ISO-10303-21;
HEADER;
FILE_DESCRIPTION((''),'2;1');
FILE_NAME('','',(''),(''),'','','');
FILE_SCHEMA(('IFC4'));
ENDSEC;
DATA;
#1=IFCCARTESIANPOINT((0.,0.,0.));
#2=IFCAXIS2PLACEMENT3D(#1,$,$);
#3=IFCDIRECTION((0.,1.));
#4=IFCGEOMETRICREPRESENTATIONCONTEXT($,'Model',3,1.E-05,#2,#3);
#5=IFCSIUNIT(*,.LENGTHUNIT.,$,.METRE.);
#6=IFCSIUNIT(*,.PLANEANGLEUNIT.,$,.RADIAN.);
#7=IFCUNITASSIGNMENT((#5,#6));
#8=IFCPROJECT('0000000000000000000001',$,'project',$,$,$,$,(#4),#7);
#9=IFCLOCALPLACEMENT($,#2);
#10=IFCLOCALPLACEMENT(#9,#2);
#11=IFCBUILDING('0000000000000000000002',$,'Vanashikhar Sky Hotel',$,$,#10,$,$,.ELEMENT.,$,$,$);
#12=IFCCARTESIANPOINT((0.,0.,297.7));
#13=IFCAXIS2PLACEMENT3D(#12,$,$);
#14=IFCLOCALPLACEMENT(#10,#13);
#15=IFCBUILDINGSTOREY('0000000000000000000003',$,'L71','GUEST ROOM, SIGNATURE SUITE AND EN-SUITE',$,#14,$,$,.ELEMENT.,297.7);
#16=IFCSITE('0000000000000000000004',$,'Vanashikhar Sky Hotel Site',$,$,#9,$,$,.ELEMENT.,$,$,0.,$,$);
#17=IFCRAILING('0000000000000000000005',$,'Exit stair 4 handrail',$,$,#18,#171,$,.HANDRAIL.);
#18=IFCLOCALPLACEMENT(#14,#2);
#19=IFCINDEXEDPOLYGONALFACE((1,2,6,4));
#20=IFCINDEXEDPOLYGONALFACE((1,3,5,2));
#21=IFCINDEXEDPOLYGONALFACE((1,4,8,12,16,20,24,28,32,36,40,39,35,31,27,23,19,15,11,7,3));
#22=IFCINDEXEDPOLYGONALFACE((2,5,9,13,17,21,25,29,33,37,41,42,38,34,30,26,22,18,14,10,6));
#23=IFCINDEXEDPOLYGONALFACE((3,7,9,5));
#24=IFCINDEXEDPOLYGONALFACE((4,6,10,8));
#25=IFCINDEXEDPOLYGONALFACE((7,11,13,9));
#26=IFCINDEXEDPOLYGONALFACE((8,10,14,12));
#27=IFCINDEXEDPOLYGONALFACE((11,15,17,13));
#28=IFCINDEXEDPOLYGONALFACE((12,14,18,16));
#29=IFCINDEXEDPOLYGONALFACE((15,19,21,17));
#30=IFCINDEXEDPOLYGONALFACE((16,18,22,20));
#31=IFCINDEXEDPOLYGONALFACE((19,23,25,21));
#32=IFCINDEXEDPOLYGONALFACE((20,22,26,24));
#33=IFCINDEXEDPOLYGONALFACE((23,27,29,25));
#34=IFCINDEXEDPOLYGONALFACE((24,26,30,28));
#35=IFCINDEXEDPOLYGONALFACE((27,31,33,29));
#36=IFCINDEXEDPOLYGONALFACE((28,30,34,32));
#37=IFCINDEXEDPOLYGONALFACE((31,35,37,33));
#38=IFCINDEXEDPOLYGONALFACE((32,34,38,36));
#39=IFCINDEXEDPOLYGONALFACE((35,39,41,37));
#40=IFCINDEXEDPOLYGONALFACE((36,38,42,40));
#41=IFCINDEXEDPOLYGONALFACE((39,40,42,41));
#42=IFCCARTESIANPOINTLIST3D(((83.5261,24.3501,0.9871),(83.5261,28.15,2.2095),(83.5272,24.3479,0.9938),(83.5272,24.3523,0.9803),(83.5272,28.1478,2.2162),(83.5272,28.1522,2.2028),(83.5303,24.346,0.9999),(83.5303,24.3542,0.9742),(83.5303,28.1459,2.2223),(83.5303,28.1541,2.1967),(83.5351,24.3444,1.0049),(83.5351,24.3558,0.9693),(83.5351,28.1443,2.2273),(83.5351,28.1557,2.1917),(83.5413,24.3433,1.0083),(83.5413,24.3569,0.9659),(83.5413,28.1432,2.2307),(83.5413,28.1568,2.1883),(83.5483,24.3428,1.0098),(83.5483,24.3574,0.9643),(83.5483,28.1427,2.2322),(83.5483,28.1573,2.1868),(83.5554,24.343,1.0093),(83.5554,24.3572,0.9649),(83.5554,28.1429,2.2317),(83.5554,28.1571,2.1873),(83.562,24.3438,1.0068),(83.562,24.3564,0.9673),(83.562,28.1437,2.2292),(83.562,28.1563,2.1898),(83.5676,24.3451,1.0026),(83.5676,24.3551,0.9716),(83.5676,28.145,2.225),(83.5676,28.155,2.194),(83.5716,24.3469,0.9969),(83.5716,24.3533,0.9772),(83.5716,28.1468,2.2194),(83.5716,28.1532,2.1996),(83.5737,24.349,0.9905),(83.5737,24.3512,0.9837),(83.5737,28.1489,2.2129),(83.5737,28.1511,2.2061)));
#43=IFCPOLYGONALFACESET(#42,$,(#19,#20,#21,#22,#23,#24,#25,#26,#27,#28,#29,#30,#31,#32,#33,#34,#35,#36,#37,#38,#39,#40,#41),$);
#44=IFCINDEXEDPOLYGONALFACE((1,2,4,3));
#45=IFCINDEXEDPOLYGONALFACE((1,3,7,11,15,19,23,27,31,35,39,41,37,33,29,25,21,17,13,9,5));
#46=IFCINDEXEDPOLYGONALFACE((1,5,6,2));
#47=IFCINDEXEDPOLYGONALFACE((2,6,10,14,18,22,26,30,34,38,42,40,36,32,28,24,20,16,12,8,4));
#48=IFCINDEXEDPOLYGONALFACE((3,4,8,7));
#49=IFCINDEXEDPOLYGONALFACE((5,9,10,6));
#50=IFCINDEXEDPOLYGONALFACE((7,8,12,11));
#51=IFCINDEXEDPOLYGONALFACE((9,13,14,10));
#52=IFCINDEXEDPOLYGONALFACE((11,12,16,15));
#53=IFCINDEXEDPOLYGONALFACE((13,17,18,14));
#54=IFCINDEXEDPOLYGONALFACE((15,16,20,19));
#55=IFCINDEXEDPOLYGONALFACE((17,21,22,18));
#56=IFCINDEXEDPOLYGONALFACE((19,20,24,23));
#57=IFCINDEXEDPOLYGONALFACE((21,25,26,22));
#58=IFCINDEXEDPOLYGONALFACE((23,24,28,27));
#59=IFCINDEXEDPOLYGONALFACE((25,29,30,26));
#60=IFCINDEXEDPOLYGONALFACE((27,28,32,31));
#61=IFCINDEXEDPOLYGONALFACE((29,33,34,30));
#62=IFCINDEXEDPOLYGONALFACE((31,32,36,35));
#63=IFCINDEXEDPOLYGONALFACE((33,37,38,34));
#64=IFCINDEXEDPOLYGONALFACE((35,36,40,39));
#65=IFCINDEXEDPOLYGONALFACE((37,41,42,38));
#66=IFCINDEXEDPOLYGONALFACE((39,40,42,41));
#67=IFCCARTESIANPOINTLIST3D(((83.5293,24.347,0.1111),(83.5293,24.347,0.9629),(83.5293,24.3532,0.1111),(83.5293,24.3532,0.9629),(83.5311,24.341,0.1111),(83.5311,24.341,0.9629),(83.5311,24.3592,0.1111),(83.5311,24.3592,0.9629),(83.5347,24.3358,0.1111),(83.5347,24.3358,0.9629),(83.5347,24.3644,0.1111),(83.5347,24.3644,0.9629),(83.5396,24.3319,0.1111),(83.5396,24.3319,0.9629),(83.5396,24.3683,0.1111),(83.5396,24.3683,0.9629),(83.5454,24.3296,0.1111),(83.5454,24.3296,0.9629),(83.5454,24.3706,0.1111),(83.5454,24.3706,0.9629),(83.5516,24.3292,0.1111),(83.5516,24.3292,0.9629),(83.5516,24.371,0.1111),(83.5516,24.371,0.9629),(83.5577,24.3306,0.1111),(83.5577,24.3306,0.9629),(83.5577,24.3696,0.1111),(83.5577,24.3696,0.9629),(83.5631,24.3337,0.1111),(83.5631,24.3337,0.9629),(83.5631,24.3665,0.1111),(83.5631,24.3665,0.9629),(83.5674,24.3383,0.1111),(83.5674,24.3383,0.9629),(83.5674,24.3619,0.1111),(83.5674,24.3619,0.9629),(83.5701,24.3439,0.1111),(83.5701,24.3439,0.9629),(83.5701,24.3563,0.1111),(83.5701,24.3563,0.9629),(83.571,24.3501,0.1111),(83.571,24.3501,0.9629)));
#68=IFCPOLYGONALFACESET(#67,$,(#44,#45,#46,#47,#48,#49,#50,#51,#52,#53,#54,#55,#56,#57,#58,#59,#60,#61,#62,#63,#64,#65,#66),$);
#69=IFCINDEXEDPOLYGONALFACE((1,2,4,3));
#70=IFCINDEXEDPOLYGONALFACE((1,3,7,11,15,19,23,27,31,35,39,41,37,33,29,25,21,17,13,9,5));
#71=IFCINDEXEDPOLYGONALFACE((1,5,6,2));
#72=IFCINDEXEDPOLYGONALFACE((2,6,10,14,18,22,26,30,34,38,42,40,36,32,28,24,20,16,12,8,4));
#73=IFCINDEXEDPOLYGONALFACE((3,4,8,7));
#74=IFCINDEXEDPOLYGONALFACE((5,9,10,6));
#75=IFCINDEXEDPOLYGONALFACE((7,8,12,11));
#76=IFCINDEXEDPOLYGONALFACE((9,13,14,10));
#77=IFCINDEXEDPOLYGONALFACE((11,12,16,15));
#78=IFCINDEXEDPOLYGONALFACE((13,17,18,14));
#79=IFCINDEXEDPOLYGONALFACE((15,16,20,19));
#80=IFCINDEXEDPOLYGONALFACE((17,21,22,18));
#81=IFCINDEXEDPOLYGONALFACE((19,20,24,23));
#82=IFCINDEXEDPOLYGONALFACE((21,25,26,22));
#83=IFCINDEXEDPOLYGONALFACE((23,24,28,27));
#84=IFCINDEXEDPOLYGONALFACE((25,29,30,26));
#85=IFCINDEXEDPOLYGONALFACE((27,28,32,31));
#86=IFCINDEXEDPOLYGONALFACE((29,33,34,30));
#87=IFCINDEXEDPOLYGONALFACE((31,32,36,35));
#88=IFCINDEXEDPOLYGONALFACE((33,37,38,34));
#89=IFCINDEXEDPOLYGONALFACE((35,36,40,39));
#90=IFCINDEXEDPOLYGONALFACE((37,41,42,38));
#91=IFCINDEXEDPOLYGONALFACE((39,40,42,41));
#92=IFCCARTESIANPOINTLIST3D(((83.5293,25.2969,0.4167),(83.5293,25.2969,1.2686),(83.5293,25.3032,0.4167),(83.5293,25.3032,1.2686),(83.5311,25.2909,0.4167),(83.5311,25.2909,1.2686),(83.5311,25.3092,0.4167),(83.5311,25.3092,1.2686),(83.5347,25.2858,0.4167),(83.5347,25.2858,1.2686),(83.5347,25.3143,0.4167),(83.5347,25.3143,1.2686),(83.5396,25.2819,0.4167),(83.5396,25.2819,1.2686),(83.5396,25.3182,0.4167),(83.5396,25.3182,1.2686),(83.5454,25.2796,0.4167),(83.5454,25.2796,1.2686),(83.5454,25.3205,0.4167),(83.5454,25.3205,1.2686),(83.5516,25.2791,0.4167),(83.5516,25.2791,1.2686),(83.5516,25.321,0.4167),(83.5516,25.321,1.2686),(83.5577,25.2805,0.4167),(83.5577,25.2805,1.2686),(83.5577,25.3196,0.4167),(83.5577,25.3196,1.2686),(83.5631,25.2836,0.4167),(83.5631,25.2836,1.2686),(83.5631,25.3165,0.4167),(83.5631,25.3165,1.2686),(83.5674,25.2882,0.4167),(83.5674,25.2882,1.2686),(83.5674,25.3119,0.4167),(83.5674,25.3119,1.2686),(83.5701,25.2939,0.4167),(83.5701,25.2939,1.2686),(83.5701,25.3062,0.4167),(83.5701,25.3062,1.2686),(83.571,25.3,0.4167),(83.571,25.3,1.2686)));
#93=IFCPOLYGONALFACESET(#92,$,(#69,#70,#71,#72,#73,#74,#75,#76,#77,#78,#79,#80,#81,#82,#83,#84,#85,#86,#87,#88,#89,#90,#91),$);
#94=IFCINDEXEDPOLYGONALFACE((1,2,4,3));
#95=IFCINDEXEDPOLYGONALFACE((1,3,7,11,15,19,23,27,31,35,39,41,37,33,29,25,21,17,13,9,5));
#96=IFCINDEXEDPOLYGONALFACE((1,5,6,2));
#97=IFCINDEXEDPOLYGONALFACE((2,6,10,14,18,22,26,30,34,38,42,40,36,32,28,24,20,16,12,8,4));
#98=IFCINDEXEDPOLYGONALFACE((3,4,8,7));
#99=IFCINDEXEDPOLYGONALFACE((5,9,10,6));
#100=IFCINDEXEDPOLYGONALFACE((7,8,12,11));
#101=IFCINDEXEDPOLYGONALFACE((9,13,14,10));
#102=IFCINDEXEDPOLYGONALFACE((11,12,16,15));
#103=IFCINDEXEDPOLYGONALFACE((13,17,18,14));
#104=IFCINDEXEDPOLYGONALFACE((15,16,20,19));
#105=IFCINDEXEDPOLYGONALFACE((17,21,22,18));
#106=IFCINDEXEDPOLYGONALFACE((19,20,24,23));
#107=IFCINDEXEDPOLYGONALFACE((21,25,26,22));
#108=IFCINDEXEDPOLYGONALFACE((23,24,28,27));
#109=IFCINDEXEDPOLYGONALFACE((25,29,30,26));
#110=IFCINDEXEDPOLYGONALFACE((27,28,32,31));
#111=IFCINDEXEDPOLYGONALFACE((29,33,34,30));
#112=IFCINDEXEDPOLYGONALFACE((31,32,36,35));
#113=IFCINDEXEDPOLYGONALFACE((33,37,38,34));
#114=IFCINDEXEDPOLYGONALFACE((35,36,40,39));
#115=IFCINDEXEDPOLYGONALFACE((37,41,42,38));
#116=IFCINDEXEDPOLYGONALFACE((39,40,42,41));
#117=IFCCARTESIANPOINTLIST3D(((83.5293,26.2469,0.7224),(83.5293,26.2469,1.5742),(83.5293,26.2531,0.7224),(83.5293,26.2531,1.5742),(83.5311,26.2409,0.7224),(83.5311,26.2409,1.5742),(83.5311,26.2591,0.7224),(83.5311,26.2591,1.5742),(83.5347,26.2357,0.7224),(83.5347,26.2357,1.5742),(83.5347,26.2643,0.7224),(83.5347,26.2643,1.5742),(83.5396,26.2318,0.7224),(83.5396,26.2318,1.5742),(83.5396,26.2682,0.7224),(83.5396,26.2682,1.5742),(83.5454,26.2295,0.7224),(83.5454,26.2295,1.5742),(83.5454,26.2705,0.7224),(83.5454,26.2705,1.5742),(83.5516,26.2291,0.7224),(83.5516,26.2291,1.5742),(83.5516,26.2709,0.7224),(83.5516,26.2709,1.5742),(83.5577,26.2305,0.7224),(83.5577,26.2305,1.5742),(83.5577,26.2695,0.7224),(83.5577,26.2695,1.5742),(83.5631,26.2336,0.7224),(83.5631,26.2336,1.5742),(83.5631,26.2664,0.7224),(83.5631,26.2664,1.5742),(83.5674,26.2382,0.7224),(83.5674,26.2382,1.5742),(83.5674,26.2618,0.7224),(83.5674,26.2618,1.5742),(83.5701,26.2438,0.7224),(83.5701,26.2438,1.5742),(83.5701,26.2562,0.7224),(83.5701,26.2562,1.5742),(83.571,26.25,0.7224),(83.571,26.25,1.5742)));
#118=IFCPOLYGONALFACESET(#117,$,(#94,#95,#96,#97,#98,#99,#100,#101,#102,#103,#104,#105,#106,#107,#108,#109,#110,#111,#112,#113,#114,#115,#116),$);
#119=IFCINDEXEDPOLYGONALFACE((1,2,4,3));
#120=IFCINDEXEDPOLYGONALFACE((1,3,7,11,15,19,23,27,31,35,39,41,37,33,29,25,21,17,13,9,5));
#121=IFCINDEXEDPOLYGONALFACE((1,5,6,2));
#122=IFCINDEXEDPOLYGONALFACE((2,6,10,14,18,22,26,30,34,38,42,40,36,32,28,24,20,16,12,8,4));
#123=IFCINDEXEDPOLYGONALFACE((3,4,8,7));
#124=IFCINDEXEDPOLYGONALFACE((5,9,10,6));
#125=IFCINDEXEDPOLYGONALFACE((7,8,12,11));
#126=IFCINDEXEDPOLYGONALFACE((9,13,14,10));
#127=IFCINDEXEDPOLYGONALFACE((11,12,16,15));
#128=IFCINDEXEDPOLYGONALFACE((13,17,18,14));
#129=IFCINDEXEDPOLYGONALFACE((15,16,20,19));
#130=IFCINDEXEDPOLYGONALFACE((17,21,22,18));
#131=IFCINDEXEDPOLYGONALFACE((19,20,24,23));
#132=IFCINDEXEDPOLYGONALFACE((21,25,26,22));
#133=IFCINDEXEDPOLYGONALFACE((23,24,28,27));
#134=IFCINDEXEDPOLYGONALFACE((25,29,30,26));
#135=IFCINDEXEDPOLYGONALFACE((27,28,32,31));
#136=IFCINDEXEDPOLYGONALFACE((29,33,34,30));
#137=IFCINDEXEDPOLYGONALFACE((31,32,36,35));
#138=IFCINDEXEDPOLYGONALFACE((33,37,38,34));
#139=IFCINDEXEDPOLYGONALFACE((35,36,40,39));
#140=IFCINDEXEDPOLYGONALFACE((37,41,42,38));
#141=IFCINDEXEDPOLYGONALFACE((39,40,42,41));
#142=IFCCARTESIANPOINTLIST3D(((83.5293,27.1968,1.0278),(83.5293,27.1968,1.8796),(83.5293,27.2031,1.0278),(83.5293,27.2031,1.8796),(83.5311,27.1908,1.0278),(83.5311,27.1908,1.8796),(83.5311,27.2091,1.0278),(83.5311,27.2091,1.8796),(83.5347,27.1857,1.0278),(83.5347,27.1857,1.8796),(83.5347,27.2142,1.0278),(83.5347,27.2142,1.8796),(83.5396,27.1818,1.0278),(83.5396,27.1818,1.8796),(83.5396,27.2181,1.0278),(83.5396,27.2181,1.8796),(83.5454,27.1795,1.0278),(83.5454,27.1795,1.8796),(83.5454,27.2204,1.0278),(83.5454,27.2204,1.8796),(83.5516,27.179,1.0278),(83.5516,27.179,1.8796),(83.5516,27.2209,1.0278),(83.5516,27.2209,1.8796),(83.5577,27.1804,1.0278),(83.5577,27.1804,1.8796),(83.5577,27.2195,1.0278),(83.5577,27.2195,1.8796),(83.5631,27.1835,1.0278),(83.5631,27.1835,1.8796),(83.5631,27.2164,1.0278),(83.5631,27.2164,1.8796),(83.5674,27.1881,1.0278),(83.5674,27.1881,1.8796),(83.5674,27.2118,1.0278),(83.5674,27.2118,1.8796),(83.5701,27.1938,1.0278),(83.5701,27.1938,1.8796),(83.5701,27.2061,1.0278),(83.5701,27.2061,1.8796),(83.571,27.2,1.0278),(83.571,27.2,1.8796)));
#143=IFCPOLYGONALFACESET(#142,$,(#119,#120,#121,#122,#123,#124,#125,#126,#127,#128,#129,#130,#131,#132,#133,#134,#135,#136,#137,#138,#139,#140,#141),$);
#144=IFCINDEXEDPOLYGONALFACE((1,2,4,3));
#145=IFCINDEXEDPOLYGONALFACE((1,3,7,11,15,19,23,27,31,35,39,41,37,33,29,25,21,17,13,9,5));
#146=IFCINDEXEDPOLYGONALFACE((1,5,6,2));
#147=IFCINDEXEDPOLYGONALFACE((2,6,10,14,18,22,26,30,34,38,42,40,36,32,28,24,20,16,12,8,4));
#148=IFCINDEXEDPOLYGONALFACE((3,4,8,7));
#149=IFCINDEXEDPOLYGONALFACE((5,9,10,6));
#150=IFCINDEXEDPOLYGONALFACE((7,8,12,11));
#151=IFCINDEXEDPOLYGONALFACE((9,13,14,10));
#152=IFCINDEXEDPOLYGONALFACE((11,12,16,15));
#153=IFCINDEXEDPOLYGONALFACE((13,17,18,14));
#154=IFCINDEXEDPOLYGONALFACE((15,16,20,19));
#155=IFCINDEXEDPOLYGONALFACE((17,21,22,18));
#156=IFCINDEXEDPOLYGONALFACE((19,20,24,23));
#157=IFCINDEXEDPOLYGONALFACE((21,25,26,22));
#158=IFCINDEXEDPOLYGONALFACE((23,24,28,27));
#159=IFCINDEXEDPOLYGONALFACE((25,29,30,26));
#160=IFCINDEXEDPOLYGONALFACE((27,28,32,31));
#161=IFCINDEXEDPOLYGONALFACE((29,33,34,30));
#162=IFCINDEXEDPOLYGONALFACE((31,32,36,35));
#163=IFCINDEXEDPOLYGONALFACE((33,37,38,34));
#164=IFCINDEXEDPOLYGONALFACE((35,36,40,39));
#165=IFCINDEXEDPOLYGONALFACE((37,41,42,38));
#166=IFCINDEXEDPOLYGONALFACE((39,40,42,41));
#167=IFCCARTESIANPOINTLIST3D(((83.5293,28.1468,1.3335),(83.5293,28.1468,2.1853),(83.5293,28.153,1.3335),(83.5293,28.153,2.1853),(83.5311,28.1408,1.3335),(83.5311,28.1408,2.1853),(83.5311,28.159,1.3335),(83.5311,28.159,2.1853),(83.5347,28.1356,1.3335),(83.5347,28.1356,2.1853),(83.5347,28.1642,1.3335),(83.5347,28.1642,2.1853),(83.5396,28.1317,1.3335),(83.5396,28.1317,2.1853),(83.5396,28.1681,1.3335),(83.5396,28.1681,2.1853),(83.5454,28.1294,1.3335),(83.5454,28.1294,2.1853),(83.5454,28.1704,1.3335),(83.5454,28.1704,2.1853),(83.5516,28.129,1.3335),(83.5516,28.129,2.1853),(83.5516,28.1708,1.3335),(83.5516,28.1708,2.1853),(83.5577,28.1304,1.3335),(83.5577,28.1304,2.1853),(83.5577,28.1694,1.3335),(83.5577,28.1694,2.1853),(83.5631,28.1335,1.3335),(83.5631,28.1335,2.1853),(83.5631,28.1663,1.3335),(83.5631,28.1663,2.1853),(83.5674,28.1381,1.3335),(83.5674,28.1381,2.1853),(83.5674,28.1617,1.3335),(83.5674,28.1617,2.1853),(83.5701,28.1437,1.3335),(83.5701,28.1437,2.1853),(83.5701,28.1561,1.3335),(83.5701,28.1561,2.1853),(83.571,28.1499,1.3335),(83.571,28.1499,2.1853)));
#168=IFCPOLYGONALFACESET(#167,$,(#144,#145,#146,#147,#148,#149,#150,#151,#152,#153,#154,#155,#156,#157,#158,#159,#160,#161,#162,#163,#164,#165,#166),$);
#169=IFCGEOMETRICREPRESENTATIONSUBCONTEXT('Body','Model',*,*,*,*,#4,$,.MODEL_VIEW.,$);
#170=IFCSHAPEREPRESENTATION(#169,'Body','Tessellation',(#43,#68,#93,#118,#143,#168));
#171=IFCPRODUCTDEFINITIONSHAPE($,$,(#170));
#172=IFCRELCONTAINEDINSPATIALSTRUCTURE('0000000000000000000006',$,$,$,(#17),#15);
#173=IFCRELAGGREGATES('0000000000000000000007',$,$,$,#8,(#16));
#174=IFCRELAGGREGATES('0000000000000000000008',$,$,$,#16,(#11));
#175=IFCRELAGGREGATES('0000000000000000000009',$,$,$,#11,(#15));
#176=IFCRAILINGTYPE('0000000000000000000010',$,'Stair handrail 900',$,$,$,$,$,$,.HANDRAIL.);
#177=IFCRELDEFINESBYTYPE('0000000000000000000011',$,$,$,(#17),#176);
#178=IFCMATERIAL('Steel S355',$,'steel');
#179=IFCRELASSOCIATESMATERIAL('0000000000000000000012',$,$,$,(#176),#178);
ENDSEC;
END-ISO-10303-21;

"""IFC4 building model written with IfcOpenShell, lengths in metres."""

from ifc_helpers import new_model, si_unit, direction, frame, origin, origin_2d, place, context, subcontext, project, spatial, circle, extrude, source, transform, mapped, material, type_object, element, save


model = new_model("IFC4")

# Units and contexts
model_context = context("Model", 3, precision=1e-05, world=origin(), true_north=direction((0.0, 1.0)))
body_context = subcontext(model_context, "Body", "Model", "MODEL_VIEW")
ifc_project = project(units=[si_unit("LENGTHUNIT", "METRE"), si_unit("PLANEANGLEUNIT", "RADIAN")], contexts=[model_context])

# Site, building, storey
site_placement = place(None, origin())
site = spatial("IfcSite", under=ifc_project, at=site_placement, Name="Vanashikhar Sky Hotel Site", CompositionType="ELEMENT", RefElevation=0.0)
building_placement = place(site_placement, origin())
building = spatial("IfcBuilding", under=site, at=building_placement, Name="Vanashikhar Sky Hotel", CompositionType="ELEMENT")
storey_placement = place(building_placement, frame((0.0, 0.0, 297.7)))
storey = spatial("IfcBuildingStorey", under=building, at=storey_placement, Name="L71", Description="GUEST ROOM, SIGNATURE SUITE AND EN-SUITE", CompositionType="ELEMENT", Elevation=297.7)

# Railing
ifc_material_1 = material(Name="Steel S355", Category="steel")
railing_type_1 = type_object("IfcRailingType", Name="Stair handrail 900", PredefinedType="HANDRAIL", material=ifc_material_1)
shared_shape_1 = source(origin(), body_context, "Body", "SweptSolid", [
    extrude(circle(Radius=0.0239, at=origin_2d()), frame((0.0, 0.0, 0.876), z_axis=(0.0, 0.951952, 0.306247), x_axis=(-1.0, 0.0, 0.0)), (0.0, 0.0, 1.0), 3.9917),
    extrude(circle(Radius=0.021, at=origin_2d()), origin(), (0.0, 0.0, 1.0), 0.8518),
    extrude(circle(Radius=0.021, at=origin_2d()), frame((0.0, 0.95, 0.3057)), (0.0, 0.0, 1.0), 0.8518),
    extrude(circle(Radius=0.021, at=origin_2d()), frame((0.0, 1.8999, 0.6113)), (0.0, 0.0, 1.0), 0.8518),
    extrude(circle(Radius=0.021, at=origin_2d()), frame((0.0, 2.8499, 0.9167)), (0.0, 0.0, 1.0), 0.8518),
    extrude(circle(Radius=0.021, at=origin_2d()), frame((0.0, 3.7998, 1.2224)), (0.0, 0.0, 1.0), 0.8518),
])
railing_1_placement = place(storey_placement, frame((83.55, 24.3501, 0.1111)))
element("IfcRailing", 1, at=railing_1_placement, inside=storey, type_object=railing_type_1, Name="Exit stair 4 handrail", PredefinedType="HANDRAIL", context=body_context, shape_type="MappedRepresentation", body=[
    mapped(shared_shape_1, transform((0.0, 0.0, 0.0), scale=1.0)),
])

save(model, "model.ifc")
